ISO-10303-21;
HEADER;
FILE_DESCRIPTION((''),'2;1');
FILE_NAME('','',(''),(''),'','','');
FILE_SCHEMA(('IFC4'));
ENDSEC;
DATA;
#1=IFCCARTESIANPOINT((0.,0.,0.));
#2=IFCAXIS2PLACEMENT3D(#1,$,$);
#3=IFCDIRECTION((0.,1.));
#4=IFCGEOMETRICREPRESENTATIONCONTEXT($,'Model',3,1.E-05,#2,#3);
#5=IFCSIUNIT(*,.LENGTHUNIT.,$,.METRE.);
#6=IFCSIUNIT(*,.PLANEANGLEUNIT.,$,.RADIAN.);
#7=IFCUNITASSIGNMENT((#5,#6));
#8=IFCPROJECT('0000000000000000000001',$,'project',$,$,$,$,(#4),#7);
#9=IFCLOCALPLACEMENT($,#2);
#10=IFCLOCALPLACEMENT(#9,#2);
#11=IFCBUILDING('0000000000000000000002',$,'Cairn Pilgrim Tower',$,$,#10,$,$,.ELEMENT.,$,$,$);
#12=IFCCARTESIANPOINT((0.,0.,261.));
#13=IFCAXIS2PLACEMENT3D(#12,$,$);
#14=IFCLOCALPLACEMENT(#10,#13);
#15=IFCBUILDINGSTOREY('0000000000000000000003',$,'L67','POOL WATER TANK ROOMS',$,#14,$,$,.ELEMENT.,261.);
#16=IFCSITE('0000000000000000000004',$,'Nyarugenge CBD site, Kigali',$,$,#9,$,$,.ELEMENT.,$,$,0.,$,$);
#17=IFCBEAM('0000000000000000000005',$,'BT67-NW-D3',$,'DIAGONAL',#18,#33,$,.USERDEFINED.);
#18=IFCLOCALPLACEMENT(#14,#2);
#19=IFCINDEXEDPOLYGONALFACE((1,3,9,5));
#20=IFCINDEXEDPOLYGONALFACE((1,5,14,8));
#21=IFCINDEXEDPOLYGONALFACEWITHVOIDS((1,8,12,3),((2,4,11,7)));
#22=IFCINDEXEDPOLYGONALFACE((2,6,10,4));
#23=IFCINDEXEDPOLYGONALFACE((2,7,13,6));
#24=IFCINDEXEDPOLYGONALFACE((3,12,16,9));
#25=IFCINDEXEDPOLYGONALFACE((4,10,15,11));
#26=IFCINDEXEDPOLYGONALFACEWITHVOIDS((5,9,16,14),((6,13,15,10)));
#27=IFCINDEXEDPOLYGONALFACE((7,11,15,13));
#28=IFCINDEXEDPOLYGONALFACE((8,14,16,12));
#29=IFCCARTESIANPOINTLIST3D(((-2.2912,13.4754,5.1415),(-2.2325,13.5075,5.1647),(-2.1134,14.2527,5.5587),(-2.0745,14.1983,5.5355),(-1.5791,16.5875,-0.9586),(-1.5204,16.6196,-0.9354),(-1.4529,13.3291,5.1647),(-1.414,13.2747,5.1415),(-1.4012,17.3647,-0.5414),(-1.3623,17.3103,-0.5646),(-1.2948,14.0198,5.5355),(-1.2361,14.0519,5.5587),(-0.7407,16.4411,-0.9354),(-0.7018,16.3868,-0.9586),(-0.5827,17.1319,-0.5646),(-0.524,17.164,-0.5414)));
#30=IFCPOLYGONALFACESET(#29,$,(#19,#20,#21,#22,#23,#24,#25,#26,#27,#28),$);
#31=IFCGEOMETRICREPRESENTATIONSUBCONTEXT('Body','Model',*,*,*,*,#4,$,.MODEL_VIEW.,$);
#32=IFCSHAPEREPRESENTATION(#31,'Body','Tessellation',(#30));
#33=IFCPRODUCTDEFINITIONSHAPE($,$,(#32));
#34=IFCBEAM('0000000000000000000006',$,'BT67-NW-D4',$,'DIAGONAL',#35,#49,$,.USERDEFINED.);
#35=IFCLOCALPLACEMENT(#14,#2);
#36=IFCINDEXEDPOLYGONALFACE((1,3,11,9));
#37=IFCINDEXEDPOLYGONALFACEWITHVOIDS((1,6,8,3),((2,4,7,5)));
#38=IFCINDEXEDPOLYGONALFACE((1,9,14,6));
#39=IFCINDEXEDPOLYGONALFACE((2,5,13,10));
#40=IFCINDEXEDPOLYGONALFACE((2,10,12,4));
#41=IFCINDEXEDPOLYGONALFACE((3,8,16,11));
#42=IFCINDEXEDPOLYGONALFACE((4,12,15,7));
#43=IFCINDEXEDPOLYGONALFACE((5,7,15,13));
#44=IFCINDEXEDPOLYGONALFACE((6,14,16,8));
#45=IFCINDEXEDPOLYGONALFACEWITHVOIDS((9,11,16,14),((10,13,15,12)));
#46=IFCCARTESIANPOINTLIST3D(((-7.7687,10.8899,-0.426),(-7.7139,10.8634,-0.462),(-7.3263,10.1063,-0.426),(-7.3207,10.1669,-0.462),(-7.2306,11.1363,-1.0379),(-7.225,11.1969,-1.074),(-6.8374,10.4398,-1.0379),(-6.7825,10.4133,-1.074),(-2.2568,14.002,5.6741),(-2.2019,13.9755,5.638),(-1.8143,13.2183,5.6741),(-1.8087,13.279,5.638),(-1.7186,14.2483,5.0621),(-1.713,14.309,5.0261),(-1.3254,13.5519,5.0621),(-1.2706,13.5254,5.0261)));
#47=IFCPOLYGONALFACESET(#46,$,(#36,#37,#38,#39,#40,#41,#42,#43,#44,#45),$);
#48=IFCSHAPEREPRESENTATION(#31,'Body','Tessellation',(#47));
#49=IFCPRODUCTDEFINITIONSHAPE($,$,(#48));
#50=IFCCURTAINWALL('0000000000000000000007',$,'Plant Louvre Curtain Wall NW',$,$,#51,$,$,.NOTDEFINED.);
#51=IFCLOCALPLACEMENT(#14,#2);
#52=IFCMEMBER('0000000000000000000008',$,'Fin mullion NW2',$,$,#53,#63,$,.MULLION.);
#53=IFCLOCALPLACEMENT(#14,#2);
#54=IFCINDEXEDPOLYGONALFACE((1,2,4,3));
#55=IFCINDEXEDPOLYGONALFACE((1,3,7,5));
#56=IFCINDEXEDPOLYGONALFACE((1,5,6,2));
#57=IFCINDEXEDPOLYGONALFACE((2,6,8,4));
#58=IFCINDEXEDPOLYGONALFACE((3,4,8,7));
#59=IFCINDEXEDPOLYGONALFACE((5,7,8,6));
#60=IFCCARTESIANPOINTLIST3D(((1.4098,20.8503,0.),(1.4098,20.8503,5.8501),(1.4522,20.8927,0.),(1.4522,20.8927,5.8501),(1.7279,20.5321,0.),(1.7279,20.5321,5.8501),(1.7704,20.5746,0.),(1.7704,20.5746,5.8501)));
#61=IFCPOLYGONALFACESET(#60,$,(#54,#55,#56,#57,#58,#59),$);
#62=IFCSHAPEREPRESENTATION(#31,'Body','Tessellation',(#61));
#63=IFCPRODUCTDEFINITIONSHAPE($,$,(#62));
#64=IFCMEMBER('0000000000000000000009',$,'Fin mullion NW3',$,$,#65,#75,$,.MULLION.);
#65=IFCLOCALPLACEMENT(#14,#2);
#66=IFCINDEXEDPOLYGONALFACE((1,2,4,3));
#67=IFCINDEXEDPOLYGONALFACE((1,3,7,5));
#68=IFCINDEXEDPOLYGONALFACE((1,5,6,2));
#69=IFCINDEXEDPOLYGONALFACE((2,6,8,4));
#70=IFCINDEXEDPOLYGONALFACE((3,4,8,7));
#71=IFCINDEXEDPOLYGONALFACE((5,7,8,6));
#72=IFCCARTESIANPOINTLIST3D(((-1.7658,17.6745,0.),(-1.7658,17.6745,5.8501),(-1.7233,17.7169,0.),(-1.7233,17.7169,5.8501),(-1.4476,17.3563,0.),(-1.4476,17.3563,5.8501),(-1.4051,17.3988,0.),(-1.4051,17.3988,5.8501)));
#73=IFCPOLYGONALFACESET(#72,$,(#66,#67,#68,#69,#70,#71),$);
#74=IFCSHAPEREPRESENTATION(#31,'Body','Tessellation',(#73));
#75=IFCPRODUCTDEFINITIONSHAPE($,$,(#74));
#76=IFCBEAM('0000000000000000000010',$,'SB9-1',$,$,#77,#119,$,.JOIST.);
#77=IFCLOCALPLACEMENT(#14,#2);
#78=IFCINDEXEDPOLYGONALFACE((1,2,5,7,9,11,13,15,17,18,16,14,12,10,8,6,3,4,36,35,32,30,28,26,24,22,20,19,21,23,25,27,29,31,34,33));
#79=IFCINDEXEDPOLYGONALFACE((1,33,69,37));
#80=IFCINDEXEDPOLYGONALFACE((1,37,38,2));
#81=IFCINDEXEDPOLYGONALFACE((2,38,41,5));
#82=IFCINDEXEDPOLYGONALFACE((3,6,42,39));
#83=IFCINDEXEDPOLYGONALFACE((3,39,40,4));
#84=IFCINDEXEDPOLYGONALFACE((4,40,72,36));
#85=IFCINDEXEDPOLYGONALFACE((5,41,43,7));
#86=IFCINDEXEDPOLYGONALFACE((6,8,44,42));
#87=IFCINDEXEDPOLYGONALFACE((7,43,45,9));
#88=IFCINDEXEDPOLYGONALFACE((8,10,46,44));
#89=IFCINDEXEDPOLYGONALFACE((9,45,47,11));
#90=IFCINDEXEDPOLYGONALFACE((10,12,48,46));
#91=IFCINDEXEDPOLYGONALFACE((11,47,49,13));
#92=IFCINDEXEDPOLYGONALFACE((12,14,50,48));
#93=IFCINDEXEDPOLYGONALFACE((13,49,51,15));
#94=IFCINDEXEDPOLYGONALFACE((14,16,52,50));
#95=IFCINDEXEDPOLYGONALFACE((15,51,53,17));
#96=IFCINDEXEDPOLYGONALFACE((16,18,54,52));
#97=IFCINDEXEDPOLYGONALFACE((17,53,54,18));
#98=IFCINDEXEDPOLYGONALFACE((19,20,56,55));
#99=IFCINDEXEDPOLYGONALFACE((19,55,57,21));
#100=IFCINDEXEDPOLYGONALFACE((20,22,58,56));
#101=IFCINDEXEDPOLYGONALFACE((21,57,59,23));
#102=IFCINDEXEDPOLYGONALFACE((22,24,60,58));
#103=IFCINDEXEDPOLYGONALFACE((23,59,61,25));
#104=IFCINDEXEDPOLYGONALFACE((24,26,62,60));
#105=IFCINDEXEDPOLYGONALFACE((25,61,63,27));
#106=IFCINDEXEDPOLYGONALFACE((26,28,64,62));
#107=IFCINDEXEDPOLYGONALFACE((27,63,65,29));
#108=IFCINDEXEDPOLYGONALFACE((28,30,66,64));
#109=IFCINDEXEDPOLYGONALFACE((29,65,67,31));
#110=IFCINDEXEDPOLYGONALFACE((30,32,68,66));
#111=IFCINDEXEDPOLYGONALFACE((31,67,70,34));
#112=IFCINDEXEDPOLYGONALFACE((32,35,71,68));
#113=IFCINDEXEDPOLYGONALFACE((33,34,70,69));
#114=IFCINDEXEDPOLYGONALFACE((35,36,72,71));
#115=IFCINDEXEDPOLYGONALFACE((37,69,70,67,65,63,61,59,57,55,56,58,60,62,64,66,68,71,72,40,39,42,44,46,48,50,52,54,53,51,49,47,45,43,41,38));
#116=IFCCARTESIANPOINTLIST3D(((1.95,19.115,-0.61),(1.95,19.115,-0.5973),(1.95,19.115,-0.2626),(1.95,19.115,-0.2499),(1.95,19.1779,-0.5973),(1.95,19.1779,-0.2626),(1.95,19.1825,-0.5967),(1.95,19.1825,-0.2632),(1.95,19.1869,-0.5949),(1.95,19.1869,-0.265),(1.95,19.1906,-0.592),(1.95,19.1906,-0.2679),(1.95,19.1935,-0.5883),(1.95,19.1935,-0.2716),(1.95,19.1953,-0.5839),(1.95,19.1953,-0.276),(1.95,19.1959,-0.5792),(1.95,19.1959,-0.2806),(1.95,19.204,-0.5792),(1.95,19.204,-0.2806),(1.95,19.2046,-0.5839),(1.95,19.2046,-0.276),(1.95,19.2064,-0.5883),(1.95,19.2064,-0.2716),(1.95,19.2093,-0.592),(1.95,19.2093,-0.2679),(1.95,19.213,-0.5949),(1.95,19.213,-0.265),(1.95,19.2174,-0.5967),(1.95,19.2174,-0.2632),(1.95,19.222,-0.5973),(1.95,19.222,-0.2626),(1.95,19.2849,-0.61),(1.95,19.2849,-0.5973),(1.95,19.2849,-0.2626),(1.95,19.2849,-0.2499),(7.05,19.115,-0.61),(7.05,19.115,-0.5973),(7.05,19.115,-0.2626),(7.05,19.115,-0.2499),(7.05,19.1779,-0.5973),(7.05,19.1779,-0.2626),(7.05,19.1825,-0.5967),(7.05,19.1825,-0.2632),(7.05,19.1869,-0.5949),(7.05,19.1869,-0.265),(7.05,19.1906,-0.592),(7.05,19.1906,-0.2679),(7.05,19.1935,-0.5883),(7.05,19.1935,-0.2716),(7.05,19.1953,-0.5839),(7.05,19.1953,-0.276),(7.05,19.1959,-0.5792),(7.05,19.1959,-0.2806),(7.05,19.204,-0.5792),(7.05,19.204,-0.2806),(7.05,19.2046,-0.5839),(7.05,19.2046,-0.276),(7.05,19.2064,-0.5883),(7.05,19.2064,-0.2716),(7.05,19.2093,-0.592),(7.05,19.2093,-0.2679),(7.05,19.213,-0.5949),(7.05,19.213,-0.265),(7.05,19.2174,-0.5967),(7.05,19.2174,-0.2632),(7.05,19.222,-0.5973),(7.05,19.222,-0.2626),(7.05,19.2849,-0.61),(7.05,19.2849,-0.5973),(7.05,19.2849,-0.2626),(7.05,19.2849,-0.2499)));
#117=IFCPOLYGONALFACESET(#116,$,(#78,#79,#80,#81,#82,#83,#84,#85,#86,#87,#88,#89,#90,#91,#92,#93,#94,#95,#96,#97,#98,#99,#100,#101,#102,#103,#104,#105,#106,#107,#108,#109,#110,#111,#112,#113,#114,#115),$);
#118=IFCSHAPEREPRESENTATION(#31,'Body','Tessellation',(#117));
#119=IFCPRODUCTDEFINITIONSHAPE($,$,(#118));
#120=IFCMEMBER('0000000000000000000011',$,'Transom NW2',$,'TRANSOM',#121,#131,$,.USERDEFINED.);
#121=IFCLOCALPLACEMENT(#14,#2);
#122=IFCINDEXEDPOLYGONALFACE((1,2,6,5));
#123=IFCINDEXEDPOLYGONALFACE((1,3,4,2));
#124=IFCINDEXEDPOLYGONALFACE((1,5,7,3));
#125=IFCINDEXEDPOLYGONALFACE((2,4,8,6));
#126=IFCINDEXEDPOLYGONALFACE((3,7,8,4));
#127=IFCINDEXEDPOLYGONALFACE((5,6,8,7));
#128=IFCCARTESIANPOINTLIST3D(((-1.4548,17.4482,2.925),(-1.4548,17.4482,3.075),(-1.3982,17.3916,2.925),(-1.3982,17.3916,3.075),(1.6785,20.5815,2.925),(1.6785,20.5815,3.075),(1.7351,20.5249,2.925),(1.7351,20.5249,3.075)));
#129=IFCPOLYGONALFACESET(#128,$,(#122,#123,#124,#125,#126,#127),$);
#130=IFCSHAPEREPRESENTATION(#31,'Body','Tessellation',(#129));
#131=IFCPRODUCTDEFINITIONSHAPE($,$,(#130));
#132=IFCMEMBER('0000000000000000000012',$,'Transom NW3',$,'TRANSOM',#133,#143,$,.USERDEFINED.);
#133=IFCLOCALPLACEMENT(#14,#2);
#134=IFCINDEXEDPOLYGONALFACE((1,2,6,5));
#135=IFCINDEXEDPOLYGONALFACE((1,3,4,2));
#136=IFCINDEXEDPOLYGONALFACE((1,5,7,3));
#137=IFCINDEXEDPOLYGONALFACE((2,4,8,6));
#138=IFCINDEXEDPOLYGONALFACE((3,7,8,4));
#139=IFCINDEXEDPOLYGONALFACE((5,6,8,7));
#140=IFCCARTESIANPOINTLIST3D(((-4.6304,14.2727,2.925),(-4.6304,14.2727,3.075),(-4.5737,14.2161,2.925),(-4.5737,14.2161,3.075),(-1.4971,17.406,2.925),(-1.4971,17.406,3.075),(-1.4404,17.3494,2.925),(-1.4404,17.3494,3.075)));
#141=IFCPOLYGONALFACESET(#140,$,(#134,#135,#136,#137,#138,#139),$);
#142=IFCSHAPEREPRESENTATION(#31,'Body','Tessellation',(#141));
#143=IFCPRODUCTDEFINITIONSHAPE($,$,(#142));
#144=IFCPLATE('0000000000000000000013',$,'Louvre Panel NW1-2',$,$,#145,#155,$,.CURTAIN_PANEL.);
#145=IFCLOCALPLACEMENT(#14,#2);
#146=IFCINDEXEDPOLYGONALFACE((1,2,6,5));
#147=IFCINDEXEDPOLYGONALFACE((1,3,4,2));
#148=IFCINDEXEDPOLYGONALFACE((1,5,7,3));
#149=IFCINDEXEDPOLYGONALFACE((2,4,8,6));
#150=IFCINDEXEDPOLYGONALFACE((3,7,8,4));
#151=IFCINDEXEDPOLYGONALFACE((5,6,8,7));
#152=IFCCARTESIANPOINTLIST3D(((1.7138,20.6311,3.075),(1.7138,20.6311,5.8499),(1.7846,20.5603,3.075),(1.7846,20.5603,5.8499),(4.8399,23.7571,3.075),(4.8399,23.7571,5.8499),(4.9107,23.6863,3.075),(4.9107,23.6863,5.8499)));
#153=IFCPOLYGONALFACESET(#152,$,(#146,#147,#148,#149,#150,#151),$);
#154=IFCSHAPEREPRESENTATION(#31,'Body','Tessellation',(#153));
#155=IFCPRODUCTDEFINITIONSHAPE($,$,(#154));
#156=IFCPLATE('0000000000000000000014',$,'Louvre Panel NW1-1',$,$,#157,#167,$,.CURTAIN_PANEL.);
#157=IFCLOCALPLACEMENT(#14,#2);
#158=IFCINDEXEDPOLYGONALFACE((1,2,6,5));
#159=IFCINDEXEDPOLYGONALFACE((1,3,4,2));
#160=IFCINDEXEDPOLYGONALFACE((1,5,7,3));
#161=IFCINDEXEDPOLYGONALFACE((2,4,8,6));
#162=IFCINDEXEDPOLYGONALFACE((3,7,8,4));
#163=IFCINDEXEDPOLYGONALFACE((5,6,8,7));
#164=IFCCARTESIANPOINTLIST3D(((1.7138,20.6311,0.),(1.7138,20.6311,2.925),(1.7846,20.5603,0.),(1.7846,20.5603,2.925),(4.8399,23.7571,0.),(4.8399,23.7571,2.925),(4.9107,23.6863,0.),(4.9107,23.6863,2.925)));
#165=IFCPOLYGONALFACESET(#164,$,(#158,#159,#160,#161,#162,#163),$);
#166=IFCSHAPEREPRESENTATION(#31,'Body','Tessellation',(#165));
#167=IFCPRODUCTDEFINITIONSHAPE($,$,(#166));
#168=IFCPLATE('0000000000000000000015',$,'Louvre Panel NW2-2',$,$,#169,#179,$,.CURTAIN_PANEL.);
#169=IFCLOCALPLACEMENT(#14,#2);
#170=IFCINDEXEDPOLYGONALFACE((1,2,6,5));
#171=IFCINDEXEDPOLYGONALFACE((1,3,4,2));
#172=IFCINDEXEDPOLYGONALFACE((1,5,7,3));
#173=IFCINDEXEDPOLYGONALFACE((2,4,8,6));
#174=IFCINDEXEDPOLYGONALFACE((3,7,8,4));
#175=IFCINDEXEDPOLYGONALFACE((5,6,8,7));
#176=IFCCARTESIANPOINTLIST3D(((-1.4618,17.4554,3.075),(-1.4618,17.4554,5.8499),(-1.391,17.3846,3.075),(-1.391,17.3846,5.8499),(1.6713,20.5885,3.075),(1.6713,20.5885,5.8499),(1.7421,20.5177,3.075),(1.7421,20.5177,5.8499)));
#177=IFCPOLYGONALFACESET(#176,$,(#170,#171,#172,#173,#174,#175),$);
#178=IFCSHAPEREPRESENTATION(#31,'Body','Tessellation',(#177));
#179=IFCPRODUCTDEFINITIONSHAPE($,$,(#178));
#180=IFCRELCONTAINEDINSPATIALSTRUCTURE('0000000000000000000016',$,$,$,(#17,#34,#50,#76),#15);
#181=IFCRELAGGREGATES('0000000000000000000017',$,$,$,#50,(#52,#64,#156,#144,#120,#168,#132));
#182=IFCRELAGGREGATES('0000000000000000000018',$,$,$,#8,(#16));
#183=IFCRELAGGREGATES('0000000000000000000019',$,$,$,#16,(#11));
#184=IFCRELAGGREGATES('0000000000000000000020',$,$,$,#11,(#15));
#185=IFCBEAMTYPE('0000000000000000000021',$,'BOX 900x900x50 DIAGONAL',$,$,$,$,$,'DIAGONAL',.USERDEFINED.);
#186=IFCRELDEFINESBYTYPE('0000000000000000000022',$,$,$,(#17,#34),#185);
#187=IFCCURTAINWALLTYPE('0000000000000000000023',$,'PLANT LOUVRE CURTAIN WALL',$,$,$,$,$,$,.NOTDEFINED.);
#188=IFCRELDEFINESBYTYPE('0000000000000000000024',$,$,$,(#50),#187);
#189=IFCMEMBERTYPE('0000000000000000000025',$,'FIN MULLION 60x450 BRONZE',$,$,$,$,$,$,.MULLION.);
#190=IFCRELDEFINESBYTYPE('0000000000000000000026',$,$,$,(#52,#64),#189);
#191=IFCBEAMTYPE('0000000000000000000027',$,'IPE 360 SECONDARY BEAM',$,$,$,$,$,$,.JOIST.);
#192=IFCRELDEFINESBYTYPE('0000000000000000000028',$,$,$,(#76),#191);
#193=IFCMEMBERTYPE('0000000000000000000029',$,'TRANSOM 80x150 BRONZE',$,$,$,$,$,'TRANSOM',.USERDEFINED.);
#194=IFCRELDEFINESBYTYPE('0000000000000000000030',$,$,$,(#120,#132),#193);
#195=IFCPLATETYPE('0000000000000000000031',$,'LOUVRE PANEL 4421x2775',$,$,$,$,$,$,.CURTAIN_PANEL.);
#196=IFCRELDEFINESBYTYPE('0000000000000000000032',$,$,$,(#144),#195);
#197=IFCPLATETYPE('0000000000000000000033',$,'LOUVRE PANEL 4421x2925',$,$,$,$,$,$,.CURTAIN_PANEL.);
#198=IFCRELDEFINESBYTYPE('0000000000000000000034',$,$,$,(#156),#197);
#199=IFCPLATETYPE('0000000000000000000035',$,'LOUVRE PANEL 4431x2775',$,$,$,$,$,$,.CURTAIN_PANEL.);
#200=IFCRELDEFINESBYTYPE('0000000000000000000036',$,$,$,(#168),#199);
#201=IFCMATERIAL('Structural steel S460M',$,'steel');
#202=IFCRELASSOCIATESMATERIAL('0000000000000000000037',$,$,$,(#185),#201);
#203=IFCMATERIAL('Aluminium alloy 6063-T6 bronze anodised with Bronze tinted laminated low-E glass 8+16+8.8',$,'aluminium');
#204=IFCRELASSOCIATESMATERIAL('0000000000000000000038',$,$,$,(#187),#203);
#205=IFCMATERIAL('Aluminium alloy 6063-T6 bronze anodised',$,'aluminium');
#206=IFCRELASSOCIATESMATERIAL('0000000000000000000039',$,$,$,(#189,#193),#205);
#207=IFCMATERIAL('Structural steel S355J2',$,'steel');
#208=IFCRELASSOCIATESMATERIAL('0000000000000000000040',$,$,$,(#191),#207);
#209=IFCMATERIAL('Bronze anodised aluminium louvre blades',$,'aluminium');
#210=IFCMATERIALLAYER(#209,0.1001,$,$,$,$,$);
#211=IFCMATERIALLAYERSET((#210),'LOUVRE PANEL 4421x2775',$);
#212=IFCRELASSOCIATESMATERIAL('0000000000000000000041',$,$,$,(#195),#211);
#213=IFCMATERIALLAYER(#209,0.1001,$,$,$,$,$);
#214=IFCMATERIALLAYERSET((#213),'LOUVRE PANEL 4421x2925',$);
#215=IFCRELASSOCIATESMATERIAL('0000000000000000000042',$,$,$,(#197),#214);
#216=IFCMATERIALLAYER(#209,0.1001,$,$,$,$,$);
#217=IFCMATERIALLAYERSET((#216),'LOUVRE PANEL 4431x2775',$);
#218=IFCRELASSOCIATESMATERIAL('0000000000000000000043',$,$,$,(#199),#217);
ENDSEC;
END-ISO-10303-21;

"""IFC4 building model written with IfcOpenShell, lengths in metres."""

from ifc_helpers import new_model, si_unit, direction, frame, origin, origin_2d, place, context, subcontext, project, spatial, rectangle, hollow_rectangle, i_section, extrude, material, layer, layer_set, material_profile, profile_set, type_object, element, aggregate, save


model = new_model("IFC4")

# Units and contexts
model_context = context("Model", 3, precision=1e-05, world=origin(), true_north=direction((0.0, 1.0)))
body_context = subcontext(model_context, "Body", "Model", "MODEL_VIEW")
ifc_project = project(units=[si_unit("LENGTHUNIT", "METRE"), si_unit("PLANEANGLEUNIT", "RADIAN")], contexts=[model_context])

# Site, building, storey
site_placement = place(None, origin())
site = spatial("IfcSite", under=ifc_project, at=site_placement, Name="Nyarugenge CBD site, Kigali", CompositionType="ELEMENT", RefElevation=0.0)
building_placement = place(site_placement, origin())
building = spatial("IfcBuilding", under=site, at=building_placement, Name="Cairn Pilgrim Tower", CompositionType="ELEMENT")
storey_placement = place(building_placement, frame((0.0, 0.0, 261.0)))
storey = spatial("IfcBuildingStorey", under=building, at=storey_placement, Name="L67", Description="POOL WATER TANK ROOMS", CompositionType="ELEMENT", Elevation=261.0)

# Shared definitions
ifc_material_1 = material(Name="Structural steel S460M", Category="steel")
ifc_material_2 = material(Name="Structural steel S355J2", Category="steel")

# Beams
ifc_material_profile_1 = material_profile(ifc_material_1, hollow_rectangle(XDim=0.8999, YDim=0.8999, WallThickness=0.05, at=origin_2d()), Name="BOX 900x900x50")
ifc_profile_set_1 = profile_set([ifc_material_profile_1], Name="Structural steel S460M")
beam_type_1 = type_object("IfcBeamType", Name="BOX 900x900x50 DIAGONAL", ElementType="DIAGONAL", PredefinedType="USERDEFINED", material=ifc_profile_set_1)
beam_1_placement = place(storey_placement, frame((-1.0515, 16.8757, -0.75), z_axis=(-0.103436, -0.452006, 0.885998), x_axis=(0.974802, -0.223072, 0.0)))
element("IfcBeam", 1, at=beam_1_placement, inside=storey, type_object=beam_type_1, Name="BT67-NW-D3", ObjectType="DIAGONAL", PredefinedType="USERDEFINED", context=body_context, shape_type="SweptSolid", body=[
    extrude(hollow_rectangle(XDim=0.8999, YDim=0.8999, WallThickness=0.05, at=origin_2d()), origin(), (0.0, 0.0, 1.0), 6.885),
])
beam_2_placement = place(storey_placement, frame((-1.7637, 13.7637, 5.3501), z_axis=(-0.627016, -0.354014, -0.69392), x_axis=(0.491651, -0.870793, 0.0)))
element("IfcBeam", 2, at=beam_2_placement, inside=storey, type_object=beam_type_1, Name="BT67-NW-D4", ObjectType="DIAGONAL", PredefinedType="USERDEFINED", context=body_context, shape_type="SweptSolid", body=[
    extrude(hollow_rectangle(XDim=0.8999, YDim=0.8999, WallThickness=0.05, at=origin_2d()), origin(), (0.0, 0.0, 1.0), 8.7908),
])

# Curtain wall, members
ifc_material_3 = material(Name="Aluminium alloy 6063-T6 bronze anodised with Bronze tinted laminated low-E glass 8+16+8.8", Category="aluminium")
curtain_wall_type = type_object("IfcCurtainWallType", Name="PLANT LOUVRE CURTAIN WALL", PredefinedType="NOTDEFINED", material=ifc_material_3)
curtain_wall_placement = place(storey_placement, origin())
curtain_wall = element("IfcCurtainWall", 3, at=curtain_wall_placement, inside=storey, type_object=curtain_wall_type, Name="Plant Louvre Curtain Wall NW", PredefinedType="NOTDEFINED")
ifc_material_4 = material(Name="Aluminium alloy 6063-T6 bronze anodised", Category="aluminium")
ifc_material_profile_2 = material_profile(ifc_material_4, rectangle(XDim=0.45, YDim=0.0601, at=origin_2d()), Name="FIN MULLION 60x450 BRONZE")
ifc_profile_set_2 = profile_set([ifc_material_profile_2], Name="Aluminium alloy 6063-T6 bronze anodised")
member_type_1 = type_object("IfcMemberType", Name="FIN MULLION 60x450 BRONZE", PredefinedType="MULLION", material=ifc_profile_set_2)
member_1_placement = place(storey_placement, frame((1.5901, 20.7124, 0.0), z_axis=(0.0, 0.0, 1.0), x_axis=(-0.707107, 0.707107, 0.0)))
member_1 = element("IfcMember", 4, at=member_1_placement, type_object=member_type_1, Name="Fin mullion NW2", PredefinedType="MULLION", context=body_context, shape_type="SweptSolid", body=[
    extrude(rectangle(XDim=0.45, YDim=0.0601, at=origin_2d()), origin(), (0.0, 0.0, 1.0), 5.8501),
])
member_2_placement = place(storey_placement, frame((-1.5854, 17.5366, 0.0), z_axis=(0.0, 0.0, 1.0), x_axis=(-0.707107, 0.707107, 0.0)))
member_2 = element("IfcMember", 5, at=member_2_placement, type_object=member_type_1, Name="Fin mullion NW3", PredefinedType="MULLION", context=body_context, shape_type="SweptSolid", body=[
    extrude(rectangle(XDim=0.45, YDim=0.0601, at=origin_2d()), origin(), (0.0, 0.0, 1.0), 5.8501),
])

# Beam
ifc_material_profile_3 = material_profile(ifc_material_2, i_section(OverallWidth=0.1699, OverallDepth=0.3601, WebThickness=0.0081, FlangeThickness=0.0127, FilletRadius=0.0181, at=origin_2d()), Name="IPE 360")
ifc_profile_set_3 = profile_set([ifc_material_profile_3], Name="Structural steel S355J2")
beam_type_2 = type_object("IfcBeamType", Name="IPE 360 SECONDARY BEAM", PredefinedType="JOIST", material=ifc_profile_set_3)
beam_3_placement = place(storey_placement, frame((1.95, 19.2, -0.4299), z_axis=(1.0, 0.0, 0.0), x_axis=(0.0, 1.0, 0.0)))
element("IfcBeam", 6, at=beam_3_placement, inside=storey, type_object=beam_type_2, Name="SB9-1", PredefinedType="JOIST", context=body_context, shape_type="SweptSolid", body=[
    extrude(i_section(OverallWidth=0.1699, OverallDepth=0.3601, WebThickness=0.0081, FlangeThickness=0.0127, FilletRadius=0.0181, at=origin_2d()), origin(), (0.0, 0.0, 1.0), 5.1001),
])

# Members
ifc_material_profile_4 = material_profile(ifc_material_4, rectangle(XDim=0.0801, YDim=0.1499, at=origin_2d()), Name="TRANSOM 80x150 BRONZE")
ifc_profile_set_4 = profile_set([ifc_material_profile_4], Name="Aluminium alloy 6063-T6 bronze anodised")
member_type_2 = type_object("IfcMemberType", Name="TRANSOM 80x150 BRONZE", ElementType="TRANSOM", PredefinedType="USERDEFINED", material=ifc_profile_set_4)
member_3_placement = place(storey_placement, frame((1.7068, 20.5532, 3.0), z_axis=(-0.707107, -0.707107, 0.0), x_axis=(0.707107, -0.707107, 0.0)))
member_3 = element("IfcMember", 7, at=member_3_placement, type_object=member_type_2, Name="Transom NW2", ObjectType="TRANSOM", PredefinedType="USERDEFINED", context=body_context, shape_type="SweptSolid", body=[
    extrude(rectangle(XDim=0.0801, YDim=0.1499, at=origin_2d()), origin(), (0.0, 0.0, 1.0), 4.4312),
])
member_4_placement = place(storey_placement, frame((-1.4688, 17.3777, 3.0), z_axis=(-0.707107, -0.707107, 0.0), x_axis=(0.707107, -0.707107, 0.0)))
member_4 = element("IfcMember", 8, at=member_4_placement, type_object=member_type_2, Name="Transom NW3", ObjectType="TRANSOM", PredefinedType="USERDEFINED", context=body_context, shape_type="SweptSolid", body=[
    extrude(rectangle(XDim=0.0801, YDim=0.1499, at=origin_2d()), origin(), (0.0, 0.0, 1.0), 4.4312),
])

# Plates
ifc_material_5 = material(Name="Bronze anodised aluminium louvre blades", Category="aluminium")
ifc_layer_1 = layer(ifc_material_5, 0.1001)
ifc_layer_set_1 = layer_set([ifc_layer_1], Name="LOUVRE PANEL 4421x2775")
plate_type_1 = type_object("IfcPlateType", Name="LOUVRE PANEL 4421x2775", PredefinedType="CURTAIN_PANEL", material=ifc_layer_set_1)
plate_1_placement = place(storey_placement, frame((3.3123, 22.1587, 3.075), z_axis=(0.0, 0.0, 1.0), x_axis=(-0.707107, -0.707107, 0.0)))
plate_1 = element("IfcPlate", 9, at=plate_1_placement, type_object=plate_type_1, Name="Louvre Panel NW1-2", PredefinedType="CURTAIN_PANEL", context=body_context, shape_type="SweptSolid", body=[
    extrude(rectangle(XDim=4.4209, YDim=0.1001, at=origin_2d()), origin(), (0.0, 0.0, 1.0), 2.7749),
])
ifc_layer_2 = layer(ifc_material_5, 0.1001)
ifc_layer_set_2 = layer_set([ifc_layer_2], Name="LOUVRE PANEL 4421x2925")
plate_type_2 = type_object("IfcPlateType", Name="LOUVRE PANEL 4421x2925", PredefinedType="CURTAIN_PANEL", material=ifc_layer_set_2)
plate_2_placement = place(storey_placement, frame((3.3123, 22.1587, 0.0), z_axis=(0.0, 0.0, 1.0), x_axis=(-0.707107, -0.707107, 0.0)))
plate_2 = element("IfcPlate", 10, at=plate_2_placement, type_object=plate_type_2, Name="Louvre Panel NW1-1", PredefinedType="CURTAIN_PANEL", context=body_context, shape_type="SweptSolid", body=[
    extrude(rectangle(XDim=4.4209, YDim=0.1001, at=origin_2d()), origin(), (0.0, 0.0, 1.0), 2.925),
])
ifc_layer_3 = layer(ifc_material_5, 0.1001)
ifc_layer_set_3 = layer_set([ifc_layer_3], Name="LOUVRE PANEL 4431x2775")
plate_type_3 = type_object("IfcPlateType", Name="LOUVRE PANEL 4431x2775", PredefinedType="CURTAIN_PANEL", material=ifc_layer_set_3)
plate_3_placement = place(storey_placement, frame((0.1401, 18.9866, 3.075), z_axis=(0.0, 0.0, 1.0), x_axis=(-0.707107, -0.707107, 0.0)))
plate_3 = element("IfcPlate", 11, at=plate_3_placement, type_object=plate_type_3, Name="Louvre Panel NW2-2", PredefinedType="CURTAIN_PANEL", context=body_context, shape_type="SweptSolid", body=[
    extrude(rectangle(XDim=4.4309, YDim=0.1001, at=origin_2d()), origin(), (0.0, 0.0, 1.0), 2.7749),
])
aggregate(curtain_wall, [member_1, member_2, plate_2, plate_1, member_3, plate_3, member_4])

save(model, "model.ifc")
